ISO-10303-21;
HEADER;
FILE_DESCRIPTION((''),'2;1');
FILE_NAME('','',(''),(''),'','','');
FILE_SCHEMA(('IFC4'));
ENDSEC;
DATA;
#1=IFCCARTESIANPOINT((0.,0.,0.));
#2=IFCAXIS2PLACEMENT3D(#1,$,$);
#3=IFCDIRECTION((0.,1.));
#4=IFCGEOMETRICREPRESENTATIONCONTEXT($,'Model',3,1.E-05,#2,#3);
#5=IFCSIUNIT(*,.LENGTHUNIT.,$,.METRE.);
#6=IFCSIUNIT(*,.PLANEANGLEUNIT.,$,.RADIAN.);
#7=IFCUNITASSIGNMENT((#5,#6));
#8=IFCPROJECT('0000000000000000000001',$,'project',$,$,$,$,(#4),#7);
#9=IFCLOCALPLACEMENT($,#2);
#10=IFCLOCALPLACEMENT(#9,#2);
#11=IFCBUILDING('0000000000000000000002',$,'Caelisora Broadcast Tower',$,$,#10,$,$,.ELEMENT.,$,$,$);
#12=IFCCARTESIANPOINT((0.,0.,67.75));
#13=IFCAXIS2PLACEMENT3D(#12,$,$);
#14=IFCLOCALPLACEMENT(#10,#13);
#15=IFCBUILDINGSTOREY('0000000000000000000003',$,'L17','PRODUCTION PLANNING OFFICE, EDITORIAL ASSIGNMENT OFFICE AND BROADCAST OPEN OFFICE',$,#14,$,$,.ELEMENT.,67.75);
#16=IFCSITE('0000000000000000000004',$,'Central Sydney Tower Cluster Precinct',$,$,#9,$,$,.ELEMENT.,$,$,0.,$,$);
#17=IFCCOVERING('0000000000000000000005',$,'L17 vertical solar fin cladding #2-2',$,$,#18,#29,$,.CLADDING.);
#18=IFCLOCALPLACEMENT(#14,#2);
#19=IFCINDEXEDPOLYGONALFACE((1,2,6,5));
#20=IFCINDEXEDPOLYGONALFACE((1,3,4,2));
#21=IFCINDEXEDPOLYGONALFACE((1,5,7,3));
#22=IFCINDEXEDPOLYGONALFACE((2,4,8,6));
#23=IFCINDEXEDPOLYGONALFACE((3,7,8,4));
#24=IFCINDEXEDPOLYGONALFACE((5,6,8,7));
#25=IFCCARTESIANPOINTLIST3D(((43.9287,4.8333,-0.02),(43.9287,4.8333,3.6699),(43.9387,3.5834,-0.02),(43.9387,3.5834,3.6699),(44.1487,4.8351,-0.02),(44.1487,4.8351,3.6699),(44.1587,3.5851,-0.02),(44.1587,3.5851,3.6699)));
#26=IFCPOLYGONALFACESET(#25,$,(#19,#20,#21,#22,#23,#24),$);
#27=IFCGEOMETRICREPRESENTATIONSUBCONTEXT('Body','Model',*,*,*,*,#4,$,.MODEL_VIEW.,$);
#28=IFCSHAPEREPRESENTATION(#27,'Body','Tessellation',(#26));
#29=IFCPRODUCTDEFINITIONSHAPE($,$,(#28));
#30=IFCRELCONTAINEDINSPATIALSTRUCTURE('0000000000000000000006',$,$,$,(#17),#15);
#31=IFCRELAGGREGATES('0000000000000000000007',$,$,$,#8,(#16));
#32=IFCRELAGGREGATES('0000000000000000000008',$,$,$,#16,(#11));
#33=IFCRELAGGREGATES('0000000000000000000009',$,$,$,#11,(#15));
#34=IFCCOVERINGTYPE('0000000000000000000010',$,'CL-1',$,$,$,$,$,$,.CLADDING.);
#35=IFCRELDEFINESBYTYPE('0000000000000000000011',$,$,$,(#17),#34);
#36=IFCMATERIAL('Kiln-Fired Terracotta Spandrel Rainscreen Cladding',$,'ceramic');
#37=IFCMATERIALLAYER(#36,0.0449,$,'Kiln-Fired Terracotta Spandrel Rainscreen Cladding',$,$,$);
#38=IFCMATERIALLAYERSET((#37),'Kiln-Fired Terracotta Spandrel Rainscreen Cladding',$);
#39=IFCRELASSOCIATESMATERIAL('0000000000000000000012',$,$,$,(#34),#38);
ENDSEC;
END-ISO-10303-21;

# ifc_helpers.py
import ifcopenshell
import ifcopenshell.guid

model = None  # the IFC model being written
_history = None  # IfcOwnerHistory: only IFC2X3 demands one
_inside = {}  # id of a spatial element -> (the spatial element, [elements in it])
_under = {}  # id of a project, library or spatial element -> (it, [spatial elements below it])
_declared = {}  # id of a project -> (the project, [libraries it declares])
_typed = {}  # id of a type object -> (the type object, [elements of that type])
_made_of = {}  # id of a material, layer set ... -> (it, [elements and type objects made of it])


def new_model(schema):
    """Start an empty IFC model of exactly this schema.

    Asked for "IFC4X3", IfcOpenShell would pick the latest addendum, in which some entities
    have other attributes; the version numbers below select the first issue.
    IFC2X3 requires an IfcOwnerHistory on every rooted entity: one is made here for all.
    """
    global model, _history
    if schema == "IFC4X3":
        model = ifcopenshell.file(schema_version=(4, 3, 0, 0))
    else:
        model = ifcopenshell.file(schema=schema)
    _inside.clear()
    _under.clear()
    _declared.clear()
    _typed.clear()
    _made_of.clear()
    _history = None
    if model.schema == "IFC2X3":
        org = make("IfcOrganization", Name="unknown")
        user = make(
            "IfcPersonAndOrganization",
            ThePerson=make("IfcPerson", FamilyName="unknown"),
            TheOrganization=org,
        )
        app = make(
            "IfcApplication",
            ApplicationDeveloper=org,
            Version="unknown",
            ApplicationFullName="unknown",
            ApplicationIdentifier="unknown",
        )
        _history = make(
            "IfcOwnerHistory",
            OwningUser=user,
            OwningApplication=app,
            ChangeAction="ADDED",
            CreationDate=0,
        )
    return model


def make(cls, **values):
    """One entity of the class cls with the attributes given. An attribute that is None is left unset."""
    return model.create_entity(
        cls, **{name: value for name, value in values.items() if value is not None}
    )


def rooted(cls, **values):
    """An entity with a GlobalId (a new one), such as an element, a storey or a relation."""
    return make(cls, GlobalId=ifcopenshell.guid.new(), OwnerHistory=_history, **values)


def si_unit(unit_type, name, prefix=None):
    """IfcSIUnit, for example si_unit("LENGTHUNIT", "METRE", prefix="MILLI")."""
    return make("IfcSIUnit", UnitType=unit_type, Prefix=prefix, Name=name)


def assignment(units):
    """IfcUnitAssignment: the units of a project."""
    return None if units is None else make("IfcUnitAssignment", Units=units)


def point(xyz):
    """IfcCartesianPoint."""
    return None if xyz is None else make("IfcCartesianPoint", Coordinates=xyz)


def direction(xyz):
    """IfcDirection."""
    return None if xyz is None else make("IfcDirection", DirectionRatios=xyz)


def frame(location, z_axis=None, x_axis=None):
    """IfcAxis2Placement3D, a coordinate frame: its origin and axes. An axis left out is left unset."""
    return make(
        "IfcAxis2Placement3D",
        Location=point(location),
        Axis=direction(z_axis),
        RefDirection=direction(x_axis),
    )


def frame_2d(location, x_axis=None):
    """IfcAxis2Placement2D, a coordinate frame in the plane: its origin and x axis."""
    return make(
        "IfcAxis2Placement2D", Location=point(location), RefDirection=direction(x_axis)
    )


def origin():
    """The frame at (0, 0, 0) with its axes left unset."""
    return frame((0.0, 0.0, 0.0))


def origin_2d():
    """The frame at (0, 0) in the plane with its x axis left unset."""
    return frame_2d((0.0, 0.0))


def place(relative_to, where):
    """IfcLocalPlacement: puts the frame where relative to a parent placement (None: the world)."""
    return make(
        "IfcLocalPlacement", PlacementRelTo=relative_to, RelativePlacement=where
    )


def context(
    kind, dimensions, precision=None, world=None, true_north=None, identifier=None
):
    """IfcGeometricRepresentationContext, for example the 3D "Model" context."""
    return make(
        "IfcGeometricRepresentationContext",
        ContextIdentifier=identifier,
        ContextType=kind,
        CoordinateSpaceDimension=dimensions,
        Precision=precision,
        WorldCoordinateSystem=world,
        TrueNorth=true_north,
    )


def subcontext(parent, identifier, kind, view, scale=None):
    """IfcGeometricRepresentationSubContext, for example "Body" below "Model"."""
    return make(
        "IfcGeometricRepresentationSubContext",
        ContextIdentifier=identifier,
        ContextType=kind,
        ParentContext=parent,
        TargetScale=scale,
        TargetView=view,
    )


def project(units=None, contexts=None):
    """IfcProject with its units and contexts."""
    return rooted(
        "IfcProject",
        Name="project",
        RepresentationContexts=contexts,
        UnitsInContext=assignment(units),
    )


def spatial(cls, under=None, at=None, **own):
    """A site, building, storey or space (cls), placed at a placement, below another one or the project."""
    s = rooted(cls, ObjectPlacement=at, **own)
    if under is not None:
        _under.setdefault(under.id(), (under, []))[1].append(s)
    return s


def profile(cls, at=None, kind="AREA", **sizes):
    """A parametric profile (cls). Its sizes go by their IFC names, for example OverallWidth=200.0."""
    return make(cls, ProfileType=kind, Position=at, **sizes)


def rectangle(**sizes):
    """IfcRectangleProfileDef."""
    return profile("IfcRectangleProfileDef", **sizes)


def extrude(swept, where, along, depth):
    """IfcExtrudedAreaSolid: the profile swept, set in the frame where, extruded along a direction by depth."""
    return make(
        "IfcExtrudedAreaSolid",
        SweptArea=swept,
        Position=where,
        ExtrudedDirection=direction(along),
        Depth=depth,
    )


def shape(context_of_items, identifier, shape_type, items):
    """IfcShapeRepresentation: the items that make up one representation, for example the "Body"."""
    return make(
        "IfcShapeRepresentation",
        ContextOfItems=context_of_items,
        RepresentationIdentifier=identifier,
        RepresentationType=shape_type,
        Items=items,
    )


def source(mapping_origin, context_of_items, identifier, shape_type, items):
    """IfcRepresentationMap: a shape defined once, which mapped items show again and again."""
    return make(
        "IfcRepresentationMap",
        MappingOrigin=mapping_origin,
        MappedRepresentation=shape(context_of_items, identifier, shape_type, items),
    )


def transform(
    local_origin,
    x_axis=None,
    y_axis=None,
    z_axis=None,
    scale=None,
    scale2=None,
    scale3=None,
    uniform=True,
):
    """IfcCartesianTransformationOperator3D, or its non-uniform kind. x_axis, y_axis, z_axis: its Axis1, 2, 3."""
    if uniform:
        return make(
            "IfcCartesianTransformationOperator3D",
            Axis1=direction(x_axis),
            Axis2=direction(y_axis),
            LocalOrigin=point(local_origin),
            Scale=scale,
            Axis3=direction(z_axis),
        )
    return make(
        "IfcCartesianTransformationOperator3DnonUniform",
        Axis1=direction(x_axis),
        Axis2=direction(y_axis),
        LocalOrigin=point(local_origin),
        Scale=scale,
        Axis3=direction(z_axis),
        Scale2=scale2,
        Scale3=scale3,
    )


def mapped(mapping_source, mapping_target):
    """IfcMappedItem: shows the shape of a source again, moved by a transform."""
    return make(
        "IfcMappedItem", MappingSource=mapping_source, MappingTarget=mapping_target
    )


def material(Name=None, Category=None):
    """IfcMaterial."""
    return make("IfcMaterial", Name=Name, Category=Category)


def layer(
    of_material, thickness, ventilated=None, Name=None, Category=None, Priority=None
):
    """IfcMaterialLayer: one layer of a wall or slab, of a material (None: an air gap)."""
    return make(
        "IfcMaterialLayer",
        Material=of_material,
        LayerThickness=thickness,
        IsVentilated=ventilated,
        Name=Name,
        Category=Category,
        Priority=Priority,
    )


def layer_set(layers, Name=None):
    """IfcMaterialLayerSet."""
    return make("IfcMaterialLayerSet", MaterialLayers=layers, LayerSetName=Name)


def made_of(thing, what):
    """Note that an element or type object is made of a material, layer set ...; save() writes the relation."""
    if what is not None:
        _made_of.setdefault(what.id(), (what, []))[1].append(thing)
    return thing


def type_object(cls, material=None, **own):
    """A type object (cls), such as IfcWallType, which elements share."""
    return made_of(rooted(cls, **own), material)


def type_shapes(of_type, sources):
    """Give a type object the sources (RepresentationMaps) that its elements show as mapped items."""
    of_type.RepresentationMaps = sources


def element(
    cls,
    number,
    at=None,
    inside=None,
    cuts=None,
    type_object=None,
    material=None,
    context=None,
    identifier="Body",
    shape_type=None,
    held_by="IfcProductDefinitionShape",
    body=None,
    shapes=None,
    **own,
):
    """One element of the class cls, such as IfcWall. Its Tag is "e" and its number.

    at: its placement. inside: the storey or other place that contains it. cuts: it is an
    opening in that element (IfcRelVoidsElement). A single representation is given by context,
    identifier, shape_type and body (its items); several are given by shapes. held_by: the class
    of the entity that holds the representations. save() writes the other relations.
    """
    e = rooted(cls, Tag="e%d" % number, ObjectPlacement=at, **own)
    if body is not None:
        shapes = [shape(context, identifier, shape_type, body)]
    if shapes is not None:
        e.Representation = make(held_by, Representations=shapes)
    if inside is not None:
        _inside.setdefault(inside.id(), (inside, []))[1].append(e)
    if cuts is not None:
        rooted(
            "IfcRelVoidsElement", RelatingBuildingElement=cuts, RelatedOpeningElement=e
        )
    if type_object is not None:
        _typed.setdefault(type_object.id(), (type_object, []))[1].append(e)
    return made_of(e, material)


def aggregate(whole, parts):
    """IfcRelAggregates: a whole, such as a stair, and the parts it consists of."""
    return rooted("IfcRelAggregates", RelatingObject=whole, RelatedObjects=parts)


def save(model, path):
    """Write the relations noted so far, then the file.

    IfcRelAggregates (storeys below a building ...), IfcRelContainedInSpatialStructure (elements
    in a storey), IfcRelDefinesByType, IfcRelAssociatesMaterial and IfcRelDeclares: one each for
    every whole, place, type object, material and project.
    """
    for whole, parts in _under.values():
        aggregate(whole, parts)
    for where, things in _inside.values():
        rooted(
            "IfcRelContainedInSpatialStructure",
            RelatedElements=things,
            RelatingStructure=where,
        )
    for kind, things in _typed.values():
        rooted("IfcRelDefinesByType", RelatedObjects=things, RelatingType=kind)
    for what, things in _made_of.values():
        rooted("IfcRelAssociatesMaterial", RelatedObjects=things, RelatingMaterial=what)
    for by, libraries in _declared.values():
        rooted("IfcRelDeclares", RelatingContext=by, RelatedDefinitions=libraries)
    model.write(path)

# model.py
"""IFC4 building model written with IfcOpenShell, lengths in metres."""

from ifc_helpers import new_model, si_unit, direction, frame, origin, origin_2d, place, context, subcontext, project, spatial, rectangle, extrude, source, transform, mapped, material, layer, layer_set, type_object, type_shapes, element, save


model = new_model("IFC4")

# Units and contexts
model_context = context("Model", 3, precision=1e-05, world=origin(), true_north=direction((0.0, 1.0)))
body_context = subcontext(model_context, "Body", "Model", "MODEL_VIEW")
ifc_project = project(units=[si_unit("LENGTHUNIT", "METRE"), si_unit("PLANEANGLEUNIT", "RADIAN")], contexts=[model_context])

# Site, building, storey
site_placement = place(None, origin())
site = spatial("IfcSite", under=ifc_project, at=site_placement, Name="Central Sydney Tower Cluster Precinct", CompositionType="ELEMENT", RefElevation=0.0)
building_placement = place(site_placement, origin())
building = spatial("IfcBuilding", under=site, at=building_placement, Name="Caelisora Broadcast Tower", CompositionType="ELEMENT")
storey_placement = place(building_placement, frame((0.0, 0.0, 67.75)))
storey = spatial("IfcBuildingStorey", under=building, at=storey_placement, Name="L17", Description="PRODUCTION PLANNING OFFICE, EDITORIAL ASSIGNMENT OFFICE AND BROADCAST OPEN OFFICE", CompositionType="ELEMENT", Elevation=67.75)

# Covering
ifc_material_1 = material(Name="Kiln-Fired Terracotta Spandrel Rainscreen Cladding", Category="ceramic")
ifc_layer_1 = layer(ifc_material_1, 0.0449, Name="Kiln-Fired Terracotta Spandrel Rainscreen Cladding")
ifc_layer_set_1 = layer_set([ifc_layer_1], Name="Kiln-Fired Terracotta Spandrel Rainscreen Cladding")
covering_type = type_object("IfcCoveringType", Name="CL-1", PredefinedType="CLADDING", material=ifc_layer_set_1)
shared_shape_1 = source(origin(), body_context, "Body", "SweptSolid", [
    extrude(rectangle(XDim=0.22, YDim=1.25, at=origin_2d()), origin(), (0.0, 0.0, 1.0), 3.6899),
])
type_shapes(covering_type, [shared_shape_1])
covering_placement = place(storey_placement, frame((44.0437, 4.2092, -0.02), z_axis=(0.0, 0.0, 1.0), x_axis=(-0.999968, -0.008028, 0.0)))
element("IfcCovering", 1, at=covering_placement, inside=storey, type_object=covering_type, Name="L17 vertical solar fin cladding #2-2", PredefinedType="CLADDING", context=body_context, shape_type="MappedRepresentation", body=[
    mapped(shared_shape_1, transform((0.0, 0.0, 0.0), scale=1.0)),
])

save(model, "model.ifc")
